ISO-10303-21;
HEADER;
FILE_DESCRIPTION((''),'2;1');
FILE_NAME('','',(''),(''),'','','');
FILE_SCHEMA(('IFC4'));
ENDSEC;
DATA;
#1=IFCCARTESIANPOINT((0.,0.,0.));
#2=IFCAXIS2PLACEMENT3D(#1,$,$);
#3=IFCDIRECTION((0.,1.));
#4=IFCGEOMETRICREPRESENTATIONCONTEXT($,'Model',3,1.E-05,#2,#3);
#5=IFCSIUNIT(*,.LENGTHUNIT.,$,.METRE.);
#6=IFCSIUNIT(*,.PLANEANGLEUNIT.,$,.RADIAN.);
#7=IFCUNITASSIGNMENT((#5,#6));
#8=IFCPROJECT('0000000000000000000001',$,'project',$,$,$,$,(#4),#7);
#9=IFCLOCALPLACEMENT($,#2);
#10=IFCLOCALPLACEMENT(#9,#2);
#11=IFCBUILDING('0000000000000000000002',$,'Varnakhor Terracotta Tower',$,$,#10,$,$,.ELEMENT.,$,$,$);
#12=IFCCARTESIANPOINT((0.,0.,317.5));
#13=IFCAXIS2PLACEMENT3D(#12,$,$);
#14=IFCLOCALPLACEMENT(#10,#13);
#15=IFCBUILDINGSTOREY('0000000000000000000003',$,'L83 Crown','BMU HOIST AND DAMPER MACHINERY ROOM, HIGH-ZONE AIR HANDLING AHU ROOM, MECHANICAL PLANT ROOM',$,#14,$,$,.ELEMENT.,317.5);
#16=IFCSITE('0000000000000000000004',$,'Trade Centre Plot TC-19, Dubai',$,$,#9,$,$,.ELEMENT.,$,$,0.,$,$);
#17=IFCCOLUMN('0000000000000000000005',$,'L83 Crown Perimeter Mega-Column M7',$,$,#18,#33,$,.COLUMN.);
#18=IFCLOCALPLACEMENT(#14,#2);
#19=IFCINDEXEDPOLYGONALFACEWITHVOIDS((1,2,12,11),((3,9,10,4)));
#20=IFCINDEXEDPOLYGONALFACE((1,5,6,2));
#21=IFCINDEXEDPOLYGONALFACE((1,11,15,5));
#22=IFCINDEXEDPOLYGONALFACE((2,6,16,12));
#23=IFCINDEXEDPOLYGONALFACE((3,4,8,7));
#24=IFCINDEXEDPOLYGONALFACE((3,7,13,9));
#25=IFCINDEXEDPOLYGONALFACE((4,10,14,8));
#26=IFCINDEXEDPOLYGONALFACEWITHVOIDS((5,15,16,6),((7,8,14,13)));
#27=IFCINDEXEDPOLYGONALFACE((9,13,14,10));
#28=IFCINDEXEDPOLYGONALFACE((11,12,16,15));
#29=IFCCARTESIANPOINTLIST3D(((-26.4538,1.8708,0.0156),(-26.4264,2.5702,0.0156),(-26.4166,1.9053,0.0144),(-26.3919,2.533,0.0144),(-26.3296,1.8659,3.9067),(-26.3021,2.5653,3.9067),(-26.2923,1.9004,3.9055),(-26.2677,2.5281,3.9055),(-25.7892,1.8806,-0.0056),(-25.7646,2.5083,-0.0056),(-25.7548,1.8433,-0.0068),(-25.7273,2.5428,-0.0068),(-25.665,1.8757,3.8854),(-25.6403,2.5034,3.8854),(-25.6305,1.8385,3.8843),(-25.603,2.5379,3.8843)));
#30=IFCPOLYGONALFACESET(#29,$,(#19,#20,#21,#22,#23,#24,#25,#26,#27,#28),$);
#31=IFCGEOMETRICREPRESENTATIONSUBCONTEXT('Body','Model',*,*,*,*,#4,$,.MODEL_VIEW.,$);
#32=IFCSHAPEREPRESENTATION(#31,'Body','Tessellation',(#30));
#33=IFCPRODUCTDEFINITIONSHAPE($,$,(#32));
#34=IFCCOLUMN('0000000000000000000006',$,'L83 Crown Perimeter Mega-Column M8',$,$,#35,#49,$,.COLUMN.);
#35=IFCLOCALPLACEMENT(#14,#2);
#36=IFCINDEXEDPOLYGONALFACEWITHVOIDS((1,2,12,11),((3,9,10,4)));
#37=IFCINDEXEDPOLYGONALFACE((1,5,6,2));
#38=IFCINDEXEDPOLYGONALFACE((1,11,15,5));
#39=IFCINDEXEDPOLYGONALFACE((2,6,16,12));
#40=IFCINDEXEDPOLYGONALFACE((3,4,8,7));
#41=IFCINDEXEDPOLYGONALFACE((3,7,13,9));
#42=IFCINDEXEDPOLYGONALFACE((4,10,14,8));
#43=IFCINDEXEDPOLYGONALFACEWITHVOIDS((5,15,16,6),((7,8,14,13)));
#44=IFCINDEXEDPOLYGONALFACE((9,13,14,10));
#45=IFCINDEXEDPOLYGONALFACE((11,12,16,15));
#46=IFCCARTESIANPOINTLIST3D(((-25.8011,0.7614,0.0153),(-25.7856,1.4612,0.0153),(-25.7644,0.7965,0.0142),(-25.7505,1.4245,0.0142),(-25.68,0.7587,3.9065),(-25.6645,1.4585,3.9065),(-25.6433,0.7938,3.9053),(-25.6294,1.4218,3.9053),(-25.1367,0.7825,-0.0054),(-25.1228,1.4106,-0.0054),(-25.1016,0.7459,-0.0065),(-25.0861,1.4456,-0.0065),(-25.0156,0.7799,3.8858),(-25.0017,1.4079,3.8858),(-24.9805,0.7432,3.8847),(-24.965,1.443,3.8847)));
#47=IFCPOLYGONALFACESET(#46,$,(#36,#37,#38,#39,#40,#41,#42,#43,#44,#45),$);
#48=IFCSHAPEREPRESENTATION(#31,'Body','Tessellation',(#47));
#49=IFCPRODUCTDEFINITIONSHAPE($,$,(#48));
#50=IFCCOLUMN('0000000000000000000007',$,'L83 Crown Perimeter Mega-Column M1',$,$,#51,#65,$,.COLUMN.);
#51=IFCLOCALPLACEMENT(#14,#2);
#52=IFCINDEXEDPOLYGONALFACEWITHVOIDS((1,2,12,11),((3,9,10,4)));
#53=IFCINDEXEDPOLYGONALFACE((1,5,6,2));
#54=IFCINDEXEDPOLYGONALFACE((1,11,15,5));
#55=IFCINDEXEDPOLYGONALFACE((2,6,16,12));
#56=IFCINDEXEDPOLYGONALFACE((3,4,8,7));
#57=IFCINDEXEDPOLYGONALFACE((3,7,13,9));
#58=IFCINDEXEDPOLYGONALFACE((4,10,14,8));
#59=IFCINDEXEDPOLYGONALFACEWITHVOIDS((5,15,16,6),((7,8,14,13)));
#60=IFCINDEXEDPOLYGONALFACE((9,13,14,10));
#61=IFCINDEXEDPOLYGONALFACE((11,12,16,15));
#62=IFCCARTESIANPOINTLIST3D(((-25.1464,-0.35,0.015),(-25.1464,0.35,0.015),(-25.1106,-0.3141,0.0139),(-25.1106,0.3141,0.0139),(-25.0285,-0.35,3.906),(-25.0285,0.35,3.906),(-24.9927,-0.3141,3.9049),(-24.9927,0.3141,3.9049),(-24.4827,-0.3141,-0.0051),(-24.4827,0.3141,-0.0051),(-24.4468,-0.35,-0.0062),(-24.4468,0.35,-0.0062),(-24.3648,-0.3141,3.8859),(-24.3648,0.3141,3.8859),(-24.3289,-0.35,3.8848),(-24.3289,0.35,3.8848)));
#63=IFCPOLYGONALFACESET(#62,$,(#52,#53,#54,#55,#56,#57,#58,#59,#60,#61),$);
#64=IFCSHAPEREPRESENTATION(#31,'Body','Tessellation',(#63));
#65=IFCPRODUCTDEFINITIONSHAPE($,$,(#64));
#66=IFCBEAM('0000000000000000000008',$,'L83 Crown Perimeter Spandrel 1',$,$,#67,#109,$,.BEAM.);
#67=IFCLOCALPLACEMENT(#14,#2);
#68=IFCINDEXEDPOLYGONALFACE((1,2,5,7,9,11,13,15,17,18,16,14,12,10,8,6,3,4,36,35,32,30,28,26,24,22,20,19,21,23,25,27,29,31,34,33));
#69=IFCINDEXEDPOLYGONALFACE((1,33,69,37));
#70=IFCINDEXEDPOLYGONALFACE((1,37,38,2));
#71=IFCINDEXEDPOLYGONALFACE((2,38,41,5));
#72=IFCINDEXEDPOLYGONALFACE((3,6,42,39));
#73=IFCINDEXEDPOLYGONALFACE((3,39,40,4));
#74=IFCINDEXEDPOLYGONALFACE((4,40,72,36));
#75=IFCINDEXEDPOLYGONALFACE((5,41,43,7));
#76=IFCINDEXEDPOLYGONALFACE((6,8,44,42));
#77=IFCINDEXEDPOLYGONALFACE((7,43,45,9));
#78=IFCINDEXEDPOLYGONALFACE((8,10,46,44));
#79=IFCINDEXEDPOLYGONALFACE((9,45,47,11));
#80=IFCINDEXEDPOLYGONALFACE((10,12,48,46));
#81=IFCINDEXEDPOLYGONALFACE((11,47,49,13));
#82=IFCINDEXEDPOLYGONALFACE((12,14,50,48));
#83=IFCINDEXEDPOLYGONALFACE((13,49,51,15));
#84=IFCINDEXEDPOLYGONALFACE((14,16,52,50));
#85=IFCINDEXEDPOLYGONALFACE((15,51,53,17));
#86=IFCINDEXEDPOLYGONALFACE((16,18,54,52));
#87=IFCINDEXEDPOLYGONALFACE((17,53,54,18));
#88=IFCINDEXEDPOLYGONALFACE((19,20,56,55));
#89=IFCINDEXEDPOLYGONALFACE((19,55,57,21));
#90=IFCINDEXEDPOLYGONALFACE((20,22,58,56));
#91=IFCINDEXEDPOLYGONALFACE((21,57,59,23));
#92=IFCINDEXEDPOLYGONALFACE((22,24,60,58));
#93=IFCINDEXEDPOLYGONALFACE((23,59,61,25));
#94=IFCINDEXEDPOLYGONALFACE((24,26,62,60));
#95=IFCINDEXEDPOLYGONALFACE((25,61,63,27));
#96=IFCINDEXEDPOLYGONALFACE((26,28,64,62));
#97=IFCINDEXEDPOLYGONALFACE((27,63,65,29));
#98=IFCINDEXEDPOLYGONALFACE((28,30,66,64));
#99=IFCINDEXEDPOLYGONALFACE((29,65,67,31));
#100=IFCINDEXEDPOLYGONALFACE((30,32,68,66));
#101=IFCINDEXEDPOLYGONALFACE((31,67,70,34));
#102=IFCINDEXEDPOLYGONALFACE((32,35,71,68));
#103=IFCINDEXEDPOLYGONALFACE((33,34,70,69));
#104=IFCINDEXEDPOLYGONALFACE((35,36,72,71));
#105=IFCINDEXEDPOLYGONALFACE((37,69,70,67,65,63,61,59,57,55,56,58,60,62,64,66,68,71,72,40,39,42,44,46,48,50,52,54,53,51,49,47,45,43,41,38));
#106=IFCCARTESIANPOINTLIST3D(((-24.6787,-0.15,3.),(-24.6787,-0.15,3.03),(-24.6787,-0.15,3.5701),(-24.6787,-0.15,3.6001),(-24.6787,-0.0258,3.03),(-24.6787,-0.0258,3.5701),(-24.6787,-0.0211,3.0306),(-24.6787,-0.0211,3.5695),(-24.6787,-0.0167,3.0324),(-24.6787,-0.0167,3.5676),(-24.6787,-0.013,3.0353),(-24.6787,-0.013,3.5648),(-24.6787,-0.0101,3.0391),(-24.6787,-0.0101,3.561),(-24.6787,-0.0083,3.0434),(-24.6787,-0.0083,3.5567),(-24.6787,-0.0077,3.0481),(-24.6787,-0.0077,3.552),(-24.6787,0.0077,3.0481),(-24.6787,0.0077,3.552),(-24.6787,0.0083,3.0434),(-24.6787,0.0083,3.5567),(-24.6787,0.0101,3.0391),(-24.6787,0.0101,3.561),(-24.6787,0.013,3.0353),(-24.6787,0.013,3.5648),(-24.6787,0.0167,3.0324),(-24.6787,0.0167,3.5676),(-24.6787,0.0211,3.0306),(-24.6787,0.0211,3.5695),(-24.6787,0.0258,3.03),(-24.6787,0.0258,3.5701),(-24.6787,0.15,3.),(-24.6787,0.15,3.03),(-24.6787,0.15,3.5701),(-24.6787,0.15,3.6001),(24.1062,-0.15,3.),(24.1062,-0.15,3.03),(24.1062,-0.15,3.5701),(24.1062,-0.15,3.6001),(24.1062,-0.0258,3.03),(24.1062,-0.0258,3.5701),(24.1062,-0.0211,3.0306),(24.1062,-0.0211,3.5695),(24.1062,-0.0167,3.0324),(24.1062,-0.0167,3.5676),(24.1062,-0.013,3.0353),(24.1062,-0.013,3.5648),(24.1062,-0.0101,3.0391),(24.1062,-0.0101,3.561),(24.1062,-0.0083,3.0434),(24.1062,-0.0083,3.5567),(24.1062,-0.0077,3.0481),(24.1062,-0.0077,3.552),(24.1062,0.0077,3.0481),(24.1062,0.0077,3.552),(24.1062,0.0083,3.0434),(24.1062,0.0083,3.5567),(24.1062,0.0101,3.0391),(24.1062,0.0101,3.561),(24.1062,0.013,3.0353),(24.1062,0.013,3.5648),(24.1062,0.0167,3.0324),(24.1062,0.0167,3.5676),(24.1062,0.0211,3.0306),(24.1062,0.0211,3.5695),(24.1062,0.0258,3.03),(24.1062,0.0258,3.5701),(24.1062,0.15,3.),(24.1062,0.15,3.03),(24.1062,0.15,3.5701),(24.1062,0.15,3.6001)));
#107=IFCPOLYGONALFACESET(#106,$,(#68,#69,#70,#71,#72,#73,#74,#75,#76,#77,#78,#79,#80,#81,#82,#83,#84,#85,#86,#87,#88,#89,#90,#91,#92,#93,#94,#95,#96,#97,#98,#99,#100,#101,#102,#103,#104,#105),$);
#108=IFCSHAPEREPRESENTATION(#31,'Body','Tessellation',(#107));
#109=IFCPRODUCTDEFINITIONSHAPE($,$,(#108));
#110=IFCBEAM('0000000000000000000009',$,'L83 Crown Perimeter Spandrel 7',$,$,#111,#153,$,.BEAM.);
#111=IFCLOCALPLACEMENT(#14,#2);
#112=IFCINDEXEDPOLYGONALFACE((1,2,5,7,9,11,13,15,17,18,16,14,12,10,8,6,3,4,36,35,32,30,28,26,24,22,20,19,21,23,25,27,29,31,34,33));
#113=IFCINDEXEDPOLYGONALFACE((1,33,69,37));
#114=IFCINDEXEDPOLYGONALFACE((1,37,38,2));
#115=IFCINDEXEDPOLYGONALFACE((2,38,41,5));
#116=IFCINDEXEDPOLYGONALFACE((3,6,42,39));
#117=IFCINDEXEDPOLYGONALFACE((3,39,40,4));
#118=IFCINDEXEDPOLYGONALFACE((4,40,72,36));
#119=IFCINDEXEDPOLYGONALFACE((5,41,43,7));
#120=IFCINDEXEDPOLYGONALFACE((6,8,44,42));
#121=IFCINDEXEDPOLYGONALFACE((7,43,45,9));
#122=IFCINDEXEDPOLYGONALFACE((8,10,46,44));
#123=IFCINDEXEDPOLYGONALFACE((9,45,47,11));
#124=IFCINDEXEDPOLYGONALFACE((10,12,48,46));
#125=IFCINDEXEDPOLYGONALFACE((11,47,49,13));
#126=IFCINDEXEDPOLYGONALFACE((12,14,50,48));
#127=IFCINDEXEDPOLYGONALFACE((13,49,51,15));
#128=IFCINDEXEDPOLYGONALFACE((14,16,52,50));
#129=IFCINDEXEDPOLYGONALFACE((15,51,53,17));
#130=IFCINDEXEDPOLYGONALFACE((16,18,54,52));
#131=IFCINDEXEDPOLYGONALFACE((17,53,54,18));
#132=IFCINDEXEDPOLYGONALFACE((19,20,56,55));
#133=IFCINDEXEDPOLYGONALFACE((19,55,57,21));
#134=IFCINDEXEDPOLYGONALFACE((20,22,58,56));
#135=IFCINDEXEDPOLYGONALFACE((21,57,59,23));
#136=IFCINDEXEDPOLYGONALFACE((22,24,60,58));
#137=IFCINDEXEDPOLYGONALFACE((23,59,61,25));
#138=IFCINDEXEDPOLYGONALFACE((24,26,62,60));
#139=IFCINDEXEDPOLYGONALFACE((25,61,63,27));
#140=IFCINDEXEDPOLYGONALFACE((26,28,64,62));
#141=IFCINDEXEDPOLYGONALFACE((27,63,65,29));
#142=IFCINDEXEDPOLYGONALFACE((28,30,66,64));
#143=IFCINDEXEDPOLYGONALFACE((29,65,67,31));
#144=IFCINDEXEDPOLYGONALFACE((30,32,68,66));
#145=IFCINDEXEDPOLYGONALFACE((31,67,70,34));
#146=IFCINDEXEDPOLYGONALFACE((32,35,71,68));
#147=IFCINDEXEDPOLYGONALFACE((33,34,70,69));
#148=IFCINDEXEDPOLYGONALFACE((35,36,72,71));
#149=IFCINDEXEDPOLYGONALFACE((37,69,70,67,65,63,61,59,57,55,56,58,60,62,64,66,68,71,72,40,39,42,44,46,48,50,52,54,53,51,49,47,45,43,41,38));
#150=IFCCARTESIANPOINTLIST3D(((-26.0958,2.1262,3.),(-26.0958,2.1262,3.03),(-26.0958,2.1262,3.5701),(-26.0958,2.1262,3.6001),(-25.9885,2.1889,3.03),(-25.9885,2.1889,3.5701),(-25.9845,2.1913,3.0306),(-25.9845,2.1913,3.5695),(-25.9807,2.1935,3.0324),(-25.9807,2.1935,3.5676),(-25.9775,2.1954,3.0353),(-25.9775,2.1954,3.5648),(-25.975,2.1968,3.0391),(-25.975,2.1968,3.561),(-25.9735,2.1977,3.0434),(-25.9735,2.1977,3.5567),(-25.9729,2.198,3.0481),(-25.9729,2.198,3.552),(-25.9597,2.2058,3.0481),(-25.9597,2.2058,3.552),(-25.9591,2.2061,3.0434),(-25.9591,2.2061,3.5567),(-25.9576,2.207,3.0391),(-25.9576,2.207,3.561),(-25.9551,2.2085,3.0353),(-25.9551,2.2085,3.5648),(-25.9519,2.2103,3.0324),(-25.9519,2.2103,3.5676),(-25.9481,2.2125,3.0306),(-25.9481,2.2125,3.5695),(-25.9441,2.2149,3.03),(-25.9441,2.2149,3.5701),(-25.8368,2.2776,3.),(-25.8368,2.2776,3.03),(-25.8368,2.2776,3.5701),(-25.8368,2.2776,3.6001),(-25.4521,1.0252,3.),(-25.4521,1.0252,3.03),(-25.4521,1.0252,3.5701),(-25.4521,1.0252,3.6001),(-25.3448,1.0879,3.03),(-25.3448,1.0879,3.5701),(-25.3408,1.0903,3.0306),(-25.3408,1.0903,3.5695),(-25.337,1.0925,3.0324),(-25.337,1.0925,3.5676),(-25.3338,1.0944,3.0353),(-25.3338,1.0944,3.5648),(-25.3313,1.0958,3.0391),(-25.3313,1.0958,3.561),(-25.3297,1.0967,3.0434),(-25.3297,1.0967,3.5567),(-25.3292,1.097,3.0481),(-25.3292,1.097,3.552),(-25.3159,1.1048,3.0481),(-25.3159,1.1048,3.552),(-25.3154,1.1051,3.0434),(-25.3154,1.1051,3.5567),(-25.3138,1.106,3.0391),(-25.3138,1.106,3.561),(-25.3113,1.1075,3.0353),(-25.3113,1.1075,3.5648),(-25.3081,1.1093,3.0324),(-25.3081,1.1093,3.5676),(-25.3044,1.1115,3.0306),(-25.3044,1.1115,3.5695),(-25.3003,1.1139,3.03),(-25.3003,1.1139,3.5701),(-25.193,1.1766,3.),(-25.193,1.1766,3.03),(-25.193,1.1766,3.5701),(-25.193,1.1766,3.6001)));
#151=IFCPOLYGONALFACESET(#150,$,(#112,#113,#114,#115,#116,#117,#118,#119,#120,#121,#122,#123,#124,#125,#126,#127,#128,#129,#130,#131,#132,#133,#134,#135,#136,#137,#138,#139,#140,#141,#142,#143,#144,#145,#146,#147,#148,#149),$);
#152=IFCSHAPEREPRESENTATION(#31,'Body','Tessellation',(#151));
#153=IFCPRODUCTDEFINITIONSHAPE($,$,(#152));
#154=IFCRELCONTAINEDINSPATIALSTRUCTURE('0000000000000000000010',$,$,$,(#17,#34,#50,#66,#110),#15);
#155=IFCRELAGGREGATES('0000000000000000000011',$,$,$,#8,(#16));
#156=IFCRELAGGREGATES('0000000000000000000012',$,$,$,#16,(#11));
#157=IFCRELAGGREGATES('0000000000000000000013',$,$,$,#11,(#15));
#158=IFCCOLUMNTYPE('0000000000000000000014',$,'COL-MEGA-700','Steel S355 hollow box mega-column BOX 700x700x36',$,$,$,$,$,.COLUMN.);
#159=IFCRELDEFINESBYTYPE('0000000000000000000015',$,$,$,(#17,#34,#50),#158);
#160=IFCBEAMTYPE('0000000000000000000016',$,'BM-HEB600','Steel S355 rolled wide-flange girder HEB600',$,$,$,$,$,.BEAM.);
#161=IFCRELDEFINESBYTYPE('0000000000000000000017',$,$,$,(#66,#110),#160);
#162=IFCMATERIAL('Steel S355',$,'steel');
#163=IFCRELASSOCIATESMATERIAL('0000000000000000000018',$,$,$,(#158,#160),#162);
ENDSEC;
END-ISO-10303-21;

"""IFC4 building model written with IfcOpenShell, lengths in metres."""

from ifc_helpers import new_model, si_unit, direction, frame, origin, origin_2d, place, context, subcontext, project, spatial, hollow_rectangle, i_section, extrude, source, transform, mapped, material, material_profile, profile_set, type_object, element, save


model = new_model("IFC4")

# Units and contexts
model_context = context("Model", 3, precision=1e-05, world=origin(), true_north=direction((0.0, 1.0)))
body_context = subcontext(model_context, "Body", "Model", "MODEL_VIEW")
ifc_project = project(units=[si_unit("LENGTHUNIT", "METRE"), si_unit("PLANEANGLEUNIT", "RADIAN")], contexts=[model_context])

# Site, building, storey
site_placement = place(None, origin())
site = spatial("IfcSite", under=ifc_project, at=site_placement, Name="Trade Centre Plot TC-19, Dubai", CompositionType="ELEMENT", RefElevation=0.0)
building_placement = place(site_placement, origin())
building = spatial("IfcBuilding", under=site, at=building_placement, Name="Varnakhor Terracotta Tower", CompositionType="ELEMENT")
storey_placement = place(building_placement, frame((0.0, 0.0, 317.5)))
storey = spatial("IfcBuildingStorey", under=building, at=storey_placement, Name="L83 Crown", Description="BMU HOIST AND DAMPER MACHINERY ROOM, HIGH-ZONE AIR HANDLING AHU ROOM, MECHANICAL PLANT ROOM", CompositionType="ELEMENT", Elevation=317.5)

# Columns
ifc_material_1 = material(Name="Steel S355", Category="steel")
ifc_material_profile_1 = material_profile(ifc_material_1, hollow_rectangle(XDim=0.7, YDim=0.7, WallThickness=0.0359, at=origin_2d()), Name="BOX 700x700x36")
ifc_profile_set_1 = profile_set([ifc_material_profile_1], Name="Steel S355")
column_type = type_object("IfcColumnType", Name="COL-MEGA-700", Description="Steel S355 hollow box mega-column BOX 700x700x36", PredefinedType="COLUMN", material=ifc_profile_set_1)
shared_shape_1 = source(origin(), body_context, "Body", "SweptSolid", [
    extrude(hollow_rectangle(XDim=0.7, YDim=0.7, WallThickness=0.0359, at=origin_2d()), origin(), (0.0, 0.0, 1.0), 3.8931),
])
for number, where, z_axis, x_axis, name in (
    (1, (-26.0906, 2.2068, 0.0044), (0.03192, -0.001254, 0.99949), (0.039262, 0.999229, 0.0), "L83 Crown Perimeter Mega-Column M7"),
    (2, (-25.4436, 1.1035, 0.0044), (0.031106, -0.00069, 0.999516), (0.022172, 0.999754, 0.0), "L83 Crown Perimeter Mega-Column M8"),
):
    element("IfcColumn", number, at=place(storey_placement, frame(where, z_axis=z_axis, x_axis=x_axis)), inside=storey, type_object=column_type, Name=name, PredefinedType="COLUMN", context=body_context, shape_type="MappedRepresentation", body=[
        mapped(shared_shape_1, transform((0.0, 0.0, 0.0), scale=1.0)),
    ])
shared_shape_2 = source(origin(), body_context, "Body", "SweptSolid", [
    extrude(hollow_rectangle(XDim=0.7, YDim=0.7, WallThickness=0.0359, at=origin_2d()), origin(), (0.0, 0.0, 1.0), 3.8928),
])
column_placement = place(storey_placement, frame((-24.7966, 0.0, 0.0044), z_axis=(0.030291, 0.0, 0.999541), x_axis=(0.0, 1.0, 0.0)))
element("IfcColumn", 3, at=column_placement, inside=storey, type_object=column_type, Name="L83 Crown Perimeter Mega-Column M1", PredefinedType="COLUMN", context=body_context, shape_type="MappedRepresentation", body=[
    mapped(shared_shape_2, transform((0.0, 0.0, 0.0), scale=1.0)),
])

# Beams
ifc_material_profile_2 = material_profile(ifc_material_1, i_section(OverallWidth=0.3, OverallDepth=0.6001, WebThickness=0.0154, FlangeThickness=0.03, FilletRadius=0.0181, at=origin_2d()), Name="HEB600")
ifc_profile_set_2 = profile_set([ifc_material_profile_2], Name="Steel S355")
beam_type_1 = type_object("IfcBeamType", Name="BM-HEB600", Description="Steel S355 rolled wide-flange girder HEB600", PredefinedType="BEAM", material=ifc_profile_set_2)
shared_shape_3 = source(origin(), body_context, "Body", "SweptSolid", [
    extrude(i_section(OverallWidth=0.3, OverallDepth=0.6001, WebThickness=0.0154, FlangeThickness=0.03, FilletRadius=0.0181, at=origin_2d()), origin(), (0.0, 0.0, 1.0), 48.7849),
])
beam_1_placement = place(storey_placement, frame((-24.6787, 0.0, 3.3), z_axis=(1.0, 0.0, 0.0), x_axis=(0.0, 1.0, 0.0)))
element("IfcBeam", 4, at=beam_1_placement, inside=storey, type_object=beam_type_1, Name="L83 Crown Perimeter Spandrel 1", PredefinedType="BEAM", context=body_context, shape_type="MappedRepresentation", body=[
    mapped(shared_shape_3, transform((0.0, 0.0, 0.0), scale=1.0)),
])
shared_shape_4 = source(origin(), body_context, "Body", "SweptSolid", [
    extrude(i_section(OverallWidth=0.3, OverallDepth=0.6001, WebThickness=0.0154, FlangeThickness=0.03, FilletRadius=0.0181, at=origin_2d()), origin(), (0.0, 0.0, 1.0), 1.2754),
])
beam_2_placement = place(storey_placement, frame((-25.9663, 2.2019, 3.3), z_axis=(0.504751, -0.863265, 0.0), x_axis=(0.863265, 0.504751, 0.0)))
element("IfcBeam", 5, at=beam_2_placement, inside=storey, type_object=beam_type_1, Name="L83 Crown Perimeter Spandrel 7", PredefinedType="BEAM", context=body_context, shape_type="MappedRepresentation", body=[
    mapped(shared_shape_4, transform((0.0, 0.0, 0.0), scale=1.0)),
])

save(model, "model.ifc")
